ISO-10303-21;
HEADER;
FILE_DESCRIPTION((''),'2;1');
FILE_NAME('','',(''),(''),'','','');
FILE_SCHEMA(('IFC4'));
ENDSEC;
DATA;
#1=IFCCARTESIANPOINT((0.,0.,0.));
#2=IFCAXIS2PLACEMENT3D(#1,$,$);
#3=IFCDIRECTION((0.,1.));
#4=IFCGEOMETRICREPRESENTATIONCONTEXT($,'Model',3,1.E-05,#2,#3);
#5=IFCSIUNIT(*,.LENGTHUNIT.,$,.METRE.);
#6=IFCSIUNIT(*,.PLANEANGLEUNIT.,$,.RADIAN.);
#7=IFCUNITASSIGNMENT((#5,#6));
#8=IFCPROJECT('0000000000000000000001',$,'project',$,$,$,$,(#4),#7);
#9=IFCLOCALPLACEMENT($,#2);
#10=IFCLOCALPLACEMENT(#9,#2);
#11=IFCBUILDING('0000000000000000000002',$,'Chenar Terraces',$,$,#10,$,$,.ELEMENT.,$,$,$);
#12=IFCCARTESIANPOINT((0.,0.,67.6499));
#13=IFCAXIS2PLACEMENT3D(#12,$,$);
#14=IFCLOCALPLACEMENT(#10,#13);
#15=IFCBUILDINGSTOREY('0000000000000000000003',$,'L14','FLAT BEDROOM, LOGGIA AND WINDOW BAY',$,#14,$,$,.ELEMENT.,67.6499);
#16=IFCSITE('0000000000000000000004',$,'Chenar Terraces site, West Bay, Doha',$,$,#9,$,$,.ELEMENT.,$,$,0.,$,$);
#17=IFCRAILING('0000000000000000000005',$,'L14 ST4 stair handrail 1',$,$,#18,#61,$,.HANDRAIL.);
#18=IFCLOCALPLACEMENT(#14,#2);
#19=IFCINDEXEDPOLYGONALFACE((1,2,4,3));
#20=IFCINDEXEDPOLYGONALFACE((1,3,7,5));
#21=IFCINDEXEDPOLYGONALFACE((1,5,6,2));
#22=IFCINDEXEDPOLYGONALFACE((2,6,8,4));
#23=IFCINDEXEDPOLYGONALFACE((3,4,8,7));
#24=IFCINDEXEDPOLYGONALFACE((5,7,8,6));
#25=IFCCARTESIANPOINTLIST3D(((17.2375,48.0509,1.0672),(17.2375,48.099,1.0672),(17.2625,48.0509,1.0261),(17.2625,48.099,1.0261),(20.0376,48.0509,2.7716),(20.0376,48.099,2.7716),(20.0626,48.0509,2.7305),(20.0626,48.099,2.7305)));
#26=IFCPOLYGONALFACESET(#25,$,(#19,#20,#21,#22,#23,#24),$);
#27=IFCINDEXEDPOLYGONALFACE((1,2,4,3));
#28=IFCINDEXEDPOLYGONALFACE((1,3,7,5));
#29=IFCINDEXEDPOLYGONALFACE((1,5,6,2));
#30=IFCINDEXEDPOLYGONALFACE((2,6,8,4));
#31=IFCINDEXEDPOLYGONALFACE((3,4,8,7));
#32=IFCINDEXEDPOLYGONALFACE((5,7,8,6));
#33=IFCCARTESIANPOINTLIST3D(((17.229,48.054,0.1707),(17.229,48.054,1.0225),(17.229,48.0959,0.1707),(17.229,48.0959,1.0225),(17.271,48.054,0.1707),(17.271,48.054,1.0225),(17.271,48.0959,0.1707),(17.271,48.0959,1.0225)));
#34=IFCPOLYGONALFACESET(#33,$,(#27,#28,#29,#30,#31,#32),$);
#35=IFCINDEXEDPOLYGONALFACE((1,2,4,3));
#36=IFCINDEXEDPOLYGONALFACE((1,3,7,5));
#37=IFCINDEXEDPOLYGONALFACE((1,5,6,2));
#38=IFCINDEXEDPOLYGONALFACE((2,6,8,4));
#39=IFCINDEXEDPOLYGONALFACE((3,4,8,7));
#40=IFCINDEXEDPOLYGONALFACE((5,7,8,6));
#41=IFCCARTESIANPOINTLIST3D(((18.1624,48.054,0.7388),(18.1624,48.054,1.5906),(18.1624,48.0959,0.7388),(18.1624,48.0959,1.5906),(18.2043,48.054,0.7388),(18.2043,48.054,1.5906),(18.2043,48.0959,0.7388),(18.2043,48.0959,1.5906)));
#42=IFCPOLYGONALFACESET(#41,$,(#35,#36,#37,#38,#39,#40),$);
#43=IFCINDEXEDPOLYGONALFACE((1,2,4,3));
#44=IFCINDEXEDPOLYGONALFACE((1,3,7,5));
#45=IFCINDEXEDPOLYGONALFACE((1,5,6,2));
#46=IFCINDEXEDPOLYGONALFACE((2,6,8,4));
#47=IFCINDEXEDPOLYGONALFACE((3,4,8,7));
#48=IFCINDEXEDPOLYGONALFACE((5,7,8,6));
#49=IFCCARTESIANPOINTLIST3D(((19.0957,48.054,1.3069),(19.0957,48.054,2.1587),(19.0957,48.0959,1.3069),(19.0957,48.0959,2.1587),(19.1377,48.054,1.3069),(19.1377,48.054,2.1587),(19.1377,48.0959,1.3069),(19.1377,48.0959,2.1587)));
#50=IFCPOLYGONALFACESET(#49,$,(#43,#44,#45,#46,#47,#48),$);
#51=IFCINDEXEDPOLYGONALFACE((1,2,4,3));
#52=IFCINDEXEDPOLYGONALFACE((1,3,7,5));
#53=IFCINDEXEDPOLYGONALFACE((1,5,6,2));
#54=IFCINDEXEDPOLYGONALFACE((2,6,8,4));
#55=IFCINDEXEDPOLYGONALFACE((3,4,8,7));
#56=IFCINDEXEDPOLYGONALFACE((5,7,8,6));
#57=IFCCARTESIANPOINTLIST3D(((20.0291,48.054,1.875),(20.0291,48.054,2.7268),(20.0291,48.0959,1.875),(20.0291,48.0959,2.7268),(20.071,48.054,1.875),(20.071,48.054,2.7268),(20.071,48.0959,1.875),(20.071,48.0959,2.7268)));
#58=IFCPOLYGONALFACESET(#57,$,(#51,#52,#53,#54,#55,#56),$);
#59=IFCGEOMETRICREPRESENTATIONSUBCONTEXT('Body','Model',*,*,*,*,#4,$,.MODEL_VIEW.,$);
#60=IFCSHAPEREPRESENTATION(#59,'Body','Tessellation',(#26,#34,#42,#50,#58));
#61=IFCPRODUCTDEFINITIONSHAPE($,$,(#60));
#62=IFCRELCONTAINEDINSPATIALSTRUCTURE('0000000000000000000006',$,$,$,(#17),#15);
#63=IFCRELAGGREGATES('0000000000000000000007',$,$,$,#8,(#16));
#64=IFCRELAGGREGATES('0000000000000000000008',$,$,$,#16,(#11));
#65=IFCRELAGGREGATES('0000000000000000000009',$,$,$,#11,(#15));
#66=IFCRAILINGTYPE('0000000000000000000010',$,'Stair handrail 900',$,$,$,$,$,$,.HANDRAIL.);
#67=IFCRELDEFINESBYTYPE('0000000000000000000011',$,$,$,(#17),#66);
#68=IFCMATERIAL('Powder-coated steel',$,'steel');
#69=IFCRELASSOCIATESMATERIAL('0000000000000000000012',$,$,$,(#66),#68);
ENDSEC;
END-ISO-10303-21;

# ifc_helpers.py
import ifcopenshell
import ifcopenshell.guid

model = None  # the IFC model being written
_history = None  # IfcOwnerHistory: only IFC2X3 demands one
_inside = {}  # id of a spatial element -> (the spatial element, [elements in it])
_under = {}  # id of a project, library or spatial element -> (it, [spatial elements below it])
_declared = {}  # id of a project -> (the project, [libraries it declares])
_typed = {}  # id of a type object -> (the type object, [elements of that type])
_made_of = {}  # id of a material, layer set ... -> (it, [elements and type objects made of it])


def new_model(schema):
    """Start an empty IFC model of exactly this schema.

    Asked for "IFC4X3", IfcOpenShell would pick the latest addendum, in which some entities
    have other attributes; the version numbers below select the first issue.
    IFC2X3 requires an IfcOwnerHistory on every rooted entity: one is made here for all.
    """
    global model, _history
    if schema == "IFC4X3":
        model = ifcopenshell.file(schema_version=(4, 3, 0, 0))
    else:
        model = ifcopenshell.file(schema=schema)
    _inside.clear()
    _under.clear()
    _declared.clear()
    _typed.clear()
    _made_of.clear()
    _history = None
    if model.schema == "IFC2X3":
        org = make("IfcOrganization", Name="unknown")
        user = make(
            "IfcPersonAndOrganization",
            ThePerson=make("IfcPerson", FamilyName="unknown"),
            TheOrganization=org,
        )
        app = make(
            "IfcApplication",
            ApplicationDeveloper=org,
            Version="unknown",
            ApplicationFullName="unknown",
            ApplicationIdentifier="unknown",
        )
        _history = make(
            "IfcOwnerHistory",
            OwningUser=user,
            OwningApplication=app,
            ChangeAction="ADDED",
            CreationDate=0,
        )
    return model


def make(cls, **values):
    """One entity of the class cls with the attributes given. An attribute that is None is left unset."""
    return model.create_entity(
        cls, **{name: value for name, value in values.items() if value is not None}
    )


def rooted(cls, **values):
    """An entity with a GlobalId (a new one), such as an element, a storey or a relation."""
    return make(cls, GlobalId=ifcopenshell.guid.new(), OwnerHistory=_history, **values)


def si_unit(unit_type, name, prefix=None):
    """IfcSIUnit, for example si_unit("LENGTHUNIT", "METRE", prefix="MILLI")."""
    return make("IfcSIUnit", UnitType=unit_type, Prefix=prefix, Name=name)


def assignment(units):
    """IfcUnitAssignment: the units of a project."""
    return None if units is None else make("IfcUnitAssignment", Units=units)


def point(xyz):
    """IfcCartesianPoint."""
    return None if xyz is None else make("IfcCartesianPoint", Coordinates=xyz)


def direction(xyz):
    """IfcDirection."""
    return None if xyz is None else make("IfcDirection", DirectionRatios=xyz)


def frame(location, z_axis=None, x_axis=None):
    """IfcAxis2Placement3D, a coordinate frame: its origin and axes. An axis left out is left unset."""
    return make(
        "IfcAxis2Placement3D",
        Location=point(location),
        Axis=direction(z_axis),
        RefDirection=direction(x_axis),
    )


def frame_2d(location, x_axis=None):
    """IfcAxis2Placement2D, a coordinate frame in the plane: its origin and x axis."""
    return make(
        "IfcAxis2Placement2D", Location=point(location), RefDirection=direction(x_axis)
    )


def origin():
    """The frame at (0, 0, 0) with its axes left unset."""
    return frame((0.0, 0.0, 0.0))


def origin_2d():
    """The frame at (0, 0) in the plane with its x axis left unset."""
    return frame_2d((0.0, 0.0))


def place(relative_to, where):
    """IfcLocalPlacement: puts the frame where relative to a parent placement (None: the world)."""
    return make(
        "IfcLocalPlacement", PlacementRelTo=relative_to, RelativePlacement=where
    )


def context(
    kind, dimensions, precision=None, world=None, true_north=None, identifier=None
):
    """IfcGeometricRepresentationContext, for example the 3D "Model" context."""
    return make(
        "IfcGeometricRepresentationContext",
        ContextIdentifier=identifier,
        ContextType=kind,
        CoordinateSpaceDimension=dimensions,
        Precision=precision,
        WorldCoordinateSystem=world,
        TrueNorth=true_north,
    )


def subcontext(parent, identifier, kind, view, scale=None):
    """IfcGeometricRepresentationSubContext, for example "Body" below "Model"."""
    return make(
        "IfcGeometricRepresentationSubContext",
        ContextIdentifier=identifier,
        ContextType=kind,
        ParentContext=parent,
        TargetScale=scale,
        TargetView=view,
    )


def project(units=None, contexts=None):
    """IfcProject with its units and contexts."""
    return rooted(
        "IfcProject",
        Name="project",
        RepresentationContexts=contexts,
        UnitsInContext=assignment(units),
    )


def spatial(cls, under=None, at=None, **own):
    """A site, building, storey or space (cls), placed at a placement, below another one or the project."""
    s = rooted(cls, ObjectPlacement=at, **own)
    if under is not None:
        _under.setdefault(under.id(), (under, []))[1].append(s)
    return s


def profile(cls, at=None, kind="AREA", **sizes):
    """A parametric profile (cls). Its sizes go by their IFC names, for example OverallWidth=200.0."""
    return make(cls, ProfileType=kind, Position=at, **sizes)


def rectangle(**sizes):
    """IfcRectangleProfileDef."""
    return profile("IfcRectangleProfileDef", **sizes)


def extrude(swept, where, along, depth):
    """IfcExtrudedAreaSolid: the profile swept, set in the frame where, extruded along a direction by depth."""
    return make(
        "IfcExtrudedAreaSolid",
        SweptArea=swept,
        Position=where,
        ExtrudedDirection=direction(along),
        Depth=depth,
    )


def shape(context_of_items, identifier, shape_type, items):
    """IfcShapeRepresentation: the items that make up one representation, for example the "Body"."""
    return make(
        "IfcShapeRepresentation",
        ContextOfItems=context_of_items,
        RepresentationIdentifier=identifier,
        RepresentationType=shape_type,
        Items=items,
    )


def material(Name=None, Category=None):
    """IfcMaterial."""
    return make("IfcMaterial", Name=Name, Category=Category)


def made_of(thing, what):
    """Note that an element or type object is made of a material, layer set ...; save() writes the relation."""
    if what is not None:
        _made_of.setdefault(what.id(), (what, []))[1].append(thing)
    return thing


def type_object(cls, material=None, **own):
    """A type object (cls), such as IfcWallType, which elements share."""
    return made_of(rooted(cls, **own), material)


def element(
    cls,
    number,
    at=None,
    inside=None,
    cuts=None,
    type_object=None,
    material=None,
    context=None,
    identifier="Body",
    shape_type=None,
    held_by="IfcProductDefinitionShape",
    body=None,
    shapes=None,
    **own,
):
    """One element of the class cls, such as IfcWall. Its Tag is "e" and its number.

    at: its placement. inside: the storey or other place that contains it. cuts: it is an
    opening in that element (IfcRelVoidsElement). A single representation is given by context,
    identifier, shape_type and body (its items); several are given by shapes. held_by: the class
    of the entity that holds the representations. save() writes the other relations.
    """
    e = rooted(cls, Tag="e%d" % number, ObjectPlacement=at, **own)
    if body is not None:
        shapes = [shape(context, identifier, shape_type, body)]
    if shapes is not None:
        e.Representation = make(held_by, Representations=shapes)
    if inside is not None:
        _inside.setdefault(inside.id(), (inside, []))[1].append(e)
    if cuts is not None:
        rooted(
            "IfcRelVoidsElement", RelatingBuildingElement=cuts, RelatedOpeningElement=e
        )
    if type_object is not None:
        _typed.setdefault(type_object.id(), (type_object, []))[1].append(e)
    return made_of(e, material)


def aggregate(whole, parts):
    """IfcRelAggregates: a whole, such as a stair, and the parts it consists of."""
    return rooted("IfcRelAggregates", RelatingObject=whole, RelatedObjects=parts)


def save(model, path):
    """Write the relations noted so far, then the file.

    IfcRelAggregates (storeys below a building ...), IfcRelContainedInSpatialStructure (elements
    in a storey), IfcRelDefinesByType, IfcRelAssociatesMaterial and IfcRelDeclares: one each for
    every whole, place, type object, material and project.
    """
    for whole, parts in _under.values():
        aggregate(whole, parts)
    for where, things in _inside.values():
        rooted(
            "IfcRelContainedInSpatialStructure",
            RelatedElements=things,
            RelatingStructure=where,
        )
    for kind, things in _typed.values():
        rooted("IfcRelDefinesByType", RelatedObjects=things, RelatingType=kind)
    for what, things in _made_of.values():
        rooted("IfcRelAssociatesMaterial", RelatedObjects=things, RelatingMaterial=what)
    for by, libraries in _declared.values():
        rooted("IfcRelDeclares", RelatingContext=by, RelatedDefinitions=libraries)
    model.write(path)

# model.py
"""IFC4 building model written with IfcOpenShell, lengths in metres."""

from ifc_helpers import new_model, si_unit, direction, frame, origin, origin_2d, place, context, subcontext, project, spatial, rectangle, extrude, material, type_object, element, save


model = new_model("IFC4")

# Units and contexts
model_context = context("Model", 3, precision=1e-05, world=origin(), true_north=direction((0.0, 1.0)))
body_context = subcontext(model_context, "Body", "Model", "MODEL_VIEW")
ifc_project = project(units=[si_unit("LENGTHUNIT", "METRE"), si_unit("PLANEANGLEUNIT", "RADIAN")], contexts=[model_context])

# Site, building, storey
site_placement = place(None, origin())
site = spatial("IfcSite", under=ifc_project, at=site_placement, Name="Chenar Terraces site, West Bay, Doha", CompositionType="ELEMENT", RefElevation=0.0)
building_placement = place(site_placement, origin())
building = spatial("IfcBuilding", under=site, at=building_placement, Name="Chenar Terraces", CompositionType="ELEMENT")
storey_placement = place(building_placement, frame((0.0, 0.0, 67.6499)))
storey = spatial("IfcBuildingStorey", under=building, at=storey_placement, Name="L14", Description="FLAT BEDROOM, LOGGIA AND WINDOW BAY", CompositionType="ELEMENT", Elevation=67.6499)

# Railing
ifc_material_1 = material(Name="Powder-coated steel", Category="steel")
railing_type_1 = type_object("IfcRailingType", Name="Stair handrail 900", PredefinedType="HANDRAIL", material=ifc_material_1)
railing_1_placement = place(storey_placement, frame((17.25, 48.075, 0.1707)))
element("IfcRailing", 1, at=railing_1_placement, inside=storey, type_object=railing_type_1, Name="L14 ST4 stair handrail 1", PredefinedType="HANDRAIL", context=body_context, shape_type="SweptSolid", body=[
    extrude(rectangle(XDim=0.0481, YDim=0.0481, at=origin_2d()), frame((0.0, 0.0, 0.876), z_axis=(0.854203, 0.0, 0.51994), x_axis=(0.0, 1.0, 0.0)), (0.0, 0.0, 1.0), 3.2781),
    extrude(rectangle(XDim=0.042, YDim=0.042, at=origin_2d()), origin(), (0.0, 0.0, 1.0), 0.8518),
    extrude(rectangle(XDim=0.042, YDim=0.042, at=origin_2d()), frame((0.9333, 0.0, 0.5681)), (0.0, 0.0, 1.0), 0.8518),
    extrude(rectangle(XDim=0.042, YDim=0.042, at=origin_2d()), frame((1.8667, 0.0, 1.1362)), (0.0, 0.0, 1.0), 0.8518),
    extrude(rectangle(XDim=0.042, YDim=0.042, at=origin_2d()), frame((2.8, 0.0, 1.7043)), (0.0, 0.0, 1.0), 0.8518),
])

save(model, "model.ifc")
